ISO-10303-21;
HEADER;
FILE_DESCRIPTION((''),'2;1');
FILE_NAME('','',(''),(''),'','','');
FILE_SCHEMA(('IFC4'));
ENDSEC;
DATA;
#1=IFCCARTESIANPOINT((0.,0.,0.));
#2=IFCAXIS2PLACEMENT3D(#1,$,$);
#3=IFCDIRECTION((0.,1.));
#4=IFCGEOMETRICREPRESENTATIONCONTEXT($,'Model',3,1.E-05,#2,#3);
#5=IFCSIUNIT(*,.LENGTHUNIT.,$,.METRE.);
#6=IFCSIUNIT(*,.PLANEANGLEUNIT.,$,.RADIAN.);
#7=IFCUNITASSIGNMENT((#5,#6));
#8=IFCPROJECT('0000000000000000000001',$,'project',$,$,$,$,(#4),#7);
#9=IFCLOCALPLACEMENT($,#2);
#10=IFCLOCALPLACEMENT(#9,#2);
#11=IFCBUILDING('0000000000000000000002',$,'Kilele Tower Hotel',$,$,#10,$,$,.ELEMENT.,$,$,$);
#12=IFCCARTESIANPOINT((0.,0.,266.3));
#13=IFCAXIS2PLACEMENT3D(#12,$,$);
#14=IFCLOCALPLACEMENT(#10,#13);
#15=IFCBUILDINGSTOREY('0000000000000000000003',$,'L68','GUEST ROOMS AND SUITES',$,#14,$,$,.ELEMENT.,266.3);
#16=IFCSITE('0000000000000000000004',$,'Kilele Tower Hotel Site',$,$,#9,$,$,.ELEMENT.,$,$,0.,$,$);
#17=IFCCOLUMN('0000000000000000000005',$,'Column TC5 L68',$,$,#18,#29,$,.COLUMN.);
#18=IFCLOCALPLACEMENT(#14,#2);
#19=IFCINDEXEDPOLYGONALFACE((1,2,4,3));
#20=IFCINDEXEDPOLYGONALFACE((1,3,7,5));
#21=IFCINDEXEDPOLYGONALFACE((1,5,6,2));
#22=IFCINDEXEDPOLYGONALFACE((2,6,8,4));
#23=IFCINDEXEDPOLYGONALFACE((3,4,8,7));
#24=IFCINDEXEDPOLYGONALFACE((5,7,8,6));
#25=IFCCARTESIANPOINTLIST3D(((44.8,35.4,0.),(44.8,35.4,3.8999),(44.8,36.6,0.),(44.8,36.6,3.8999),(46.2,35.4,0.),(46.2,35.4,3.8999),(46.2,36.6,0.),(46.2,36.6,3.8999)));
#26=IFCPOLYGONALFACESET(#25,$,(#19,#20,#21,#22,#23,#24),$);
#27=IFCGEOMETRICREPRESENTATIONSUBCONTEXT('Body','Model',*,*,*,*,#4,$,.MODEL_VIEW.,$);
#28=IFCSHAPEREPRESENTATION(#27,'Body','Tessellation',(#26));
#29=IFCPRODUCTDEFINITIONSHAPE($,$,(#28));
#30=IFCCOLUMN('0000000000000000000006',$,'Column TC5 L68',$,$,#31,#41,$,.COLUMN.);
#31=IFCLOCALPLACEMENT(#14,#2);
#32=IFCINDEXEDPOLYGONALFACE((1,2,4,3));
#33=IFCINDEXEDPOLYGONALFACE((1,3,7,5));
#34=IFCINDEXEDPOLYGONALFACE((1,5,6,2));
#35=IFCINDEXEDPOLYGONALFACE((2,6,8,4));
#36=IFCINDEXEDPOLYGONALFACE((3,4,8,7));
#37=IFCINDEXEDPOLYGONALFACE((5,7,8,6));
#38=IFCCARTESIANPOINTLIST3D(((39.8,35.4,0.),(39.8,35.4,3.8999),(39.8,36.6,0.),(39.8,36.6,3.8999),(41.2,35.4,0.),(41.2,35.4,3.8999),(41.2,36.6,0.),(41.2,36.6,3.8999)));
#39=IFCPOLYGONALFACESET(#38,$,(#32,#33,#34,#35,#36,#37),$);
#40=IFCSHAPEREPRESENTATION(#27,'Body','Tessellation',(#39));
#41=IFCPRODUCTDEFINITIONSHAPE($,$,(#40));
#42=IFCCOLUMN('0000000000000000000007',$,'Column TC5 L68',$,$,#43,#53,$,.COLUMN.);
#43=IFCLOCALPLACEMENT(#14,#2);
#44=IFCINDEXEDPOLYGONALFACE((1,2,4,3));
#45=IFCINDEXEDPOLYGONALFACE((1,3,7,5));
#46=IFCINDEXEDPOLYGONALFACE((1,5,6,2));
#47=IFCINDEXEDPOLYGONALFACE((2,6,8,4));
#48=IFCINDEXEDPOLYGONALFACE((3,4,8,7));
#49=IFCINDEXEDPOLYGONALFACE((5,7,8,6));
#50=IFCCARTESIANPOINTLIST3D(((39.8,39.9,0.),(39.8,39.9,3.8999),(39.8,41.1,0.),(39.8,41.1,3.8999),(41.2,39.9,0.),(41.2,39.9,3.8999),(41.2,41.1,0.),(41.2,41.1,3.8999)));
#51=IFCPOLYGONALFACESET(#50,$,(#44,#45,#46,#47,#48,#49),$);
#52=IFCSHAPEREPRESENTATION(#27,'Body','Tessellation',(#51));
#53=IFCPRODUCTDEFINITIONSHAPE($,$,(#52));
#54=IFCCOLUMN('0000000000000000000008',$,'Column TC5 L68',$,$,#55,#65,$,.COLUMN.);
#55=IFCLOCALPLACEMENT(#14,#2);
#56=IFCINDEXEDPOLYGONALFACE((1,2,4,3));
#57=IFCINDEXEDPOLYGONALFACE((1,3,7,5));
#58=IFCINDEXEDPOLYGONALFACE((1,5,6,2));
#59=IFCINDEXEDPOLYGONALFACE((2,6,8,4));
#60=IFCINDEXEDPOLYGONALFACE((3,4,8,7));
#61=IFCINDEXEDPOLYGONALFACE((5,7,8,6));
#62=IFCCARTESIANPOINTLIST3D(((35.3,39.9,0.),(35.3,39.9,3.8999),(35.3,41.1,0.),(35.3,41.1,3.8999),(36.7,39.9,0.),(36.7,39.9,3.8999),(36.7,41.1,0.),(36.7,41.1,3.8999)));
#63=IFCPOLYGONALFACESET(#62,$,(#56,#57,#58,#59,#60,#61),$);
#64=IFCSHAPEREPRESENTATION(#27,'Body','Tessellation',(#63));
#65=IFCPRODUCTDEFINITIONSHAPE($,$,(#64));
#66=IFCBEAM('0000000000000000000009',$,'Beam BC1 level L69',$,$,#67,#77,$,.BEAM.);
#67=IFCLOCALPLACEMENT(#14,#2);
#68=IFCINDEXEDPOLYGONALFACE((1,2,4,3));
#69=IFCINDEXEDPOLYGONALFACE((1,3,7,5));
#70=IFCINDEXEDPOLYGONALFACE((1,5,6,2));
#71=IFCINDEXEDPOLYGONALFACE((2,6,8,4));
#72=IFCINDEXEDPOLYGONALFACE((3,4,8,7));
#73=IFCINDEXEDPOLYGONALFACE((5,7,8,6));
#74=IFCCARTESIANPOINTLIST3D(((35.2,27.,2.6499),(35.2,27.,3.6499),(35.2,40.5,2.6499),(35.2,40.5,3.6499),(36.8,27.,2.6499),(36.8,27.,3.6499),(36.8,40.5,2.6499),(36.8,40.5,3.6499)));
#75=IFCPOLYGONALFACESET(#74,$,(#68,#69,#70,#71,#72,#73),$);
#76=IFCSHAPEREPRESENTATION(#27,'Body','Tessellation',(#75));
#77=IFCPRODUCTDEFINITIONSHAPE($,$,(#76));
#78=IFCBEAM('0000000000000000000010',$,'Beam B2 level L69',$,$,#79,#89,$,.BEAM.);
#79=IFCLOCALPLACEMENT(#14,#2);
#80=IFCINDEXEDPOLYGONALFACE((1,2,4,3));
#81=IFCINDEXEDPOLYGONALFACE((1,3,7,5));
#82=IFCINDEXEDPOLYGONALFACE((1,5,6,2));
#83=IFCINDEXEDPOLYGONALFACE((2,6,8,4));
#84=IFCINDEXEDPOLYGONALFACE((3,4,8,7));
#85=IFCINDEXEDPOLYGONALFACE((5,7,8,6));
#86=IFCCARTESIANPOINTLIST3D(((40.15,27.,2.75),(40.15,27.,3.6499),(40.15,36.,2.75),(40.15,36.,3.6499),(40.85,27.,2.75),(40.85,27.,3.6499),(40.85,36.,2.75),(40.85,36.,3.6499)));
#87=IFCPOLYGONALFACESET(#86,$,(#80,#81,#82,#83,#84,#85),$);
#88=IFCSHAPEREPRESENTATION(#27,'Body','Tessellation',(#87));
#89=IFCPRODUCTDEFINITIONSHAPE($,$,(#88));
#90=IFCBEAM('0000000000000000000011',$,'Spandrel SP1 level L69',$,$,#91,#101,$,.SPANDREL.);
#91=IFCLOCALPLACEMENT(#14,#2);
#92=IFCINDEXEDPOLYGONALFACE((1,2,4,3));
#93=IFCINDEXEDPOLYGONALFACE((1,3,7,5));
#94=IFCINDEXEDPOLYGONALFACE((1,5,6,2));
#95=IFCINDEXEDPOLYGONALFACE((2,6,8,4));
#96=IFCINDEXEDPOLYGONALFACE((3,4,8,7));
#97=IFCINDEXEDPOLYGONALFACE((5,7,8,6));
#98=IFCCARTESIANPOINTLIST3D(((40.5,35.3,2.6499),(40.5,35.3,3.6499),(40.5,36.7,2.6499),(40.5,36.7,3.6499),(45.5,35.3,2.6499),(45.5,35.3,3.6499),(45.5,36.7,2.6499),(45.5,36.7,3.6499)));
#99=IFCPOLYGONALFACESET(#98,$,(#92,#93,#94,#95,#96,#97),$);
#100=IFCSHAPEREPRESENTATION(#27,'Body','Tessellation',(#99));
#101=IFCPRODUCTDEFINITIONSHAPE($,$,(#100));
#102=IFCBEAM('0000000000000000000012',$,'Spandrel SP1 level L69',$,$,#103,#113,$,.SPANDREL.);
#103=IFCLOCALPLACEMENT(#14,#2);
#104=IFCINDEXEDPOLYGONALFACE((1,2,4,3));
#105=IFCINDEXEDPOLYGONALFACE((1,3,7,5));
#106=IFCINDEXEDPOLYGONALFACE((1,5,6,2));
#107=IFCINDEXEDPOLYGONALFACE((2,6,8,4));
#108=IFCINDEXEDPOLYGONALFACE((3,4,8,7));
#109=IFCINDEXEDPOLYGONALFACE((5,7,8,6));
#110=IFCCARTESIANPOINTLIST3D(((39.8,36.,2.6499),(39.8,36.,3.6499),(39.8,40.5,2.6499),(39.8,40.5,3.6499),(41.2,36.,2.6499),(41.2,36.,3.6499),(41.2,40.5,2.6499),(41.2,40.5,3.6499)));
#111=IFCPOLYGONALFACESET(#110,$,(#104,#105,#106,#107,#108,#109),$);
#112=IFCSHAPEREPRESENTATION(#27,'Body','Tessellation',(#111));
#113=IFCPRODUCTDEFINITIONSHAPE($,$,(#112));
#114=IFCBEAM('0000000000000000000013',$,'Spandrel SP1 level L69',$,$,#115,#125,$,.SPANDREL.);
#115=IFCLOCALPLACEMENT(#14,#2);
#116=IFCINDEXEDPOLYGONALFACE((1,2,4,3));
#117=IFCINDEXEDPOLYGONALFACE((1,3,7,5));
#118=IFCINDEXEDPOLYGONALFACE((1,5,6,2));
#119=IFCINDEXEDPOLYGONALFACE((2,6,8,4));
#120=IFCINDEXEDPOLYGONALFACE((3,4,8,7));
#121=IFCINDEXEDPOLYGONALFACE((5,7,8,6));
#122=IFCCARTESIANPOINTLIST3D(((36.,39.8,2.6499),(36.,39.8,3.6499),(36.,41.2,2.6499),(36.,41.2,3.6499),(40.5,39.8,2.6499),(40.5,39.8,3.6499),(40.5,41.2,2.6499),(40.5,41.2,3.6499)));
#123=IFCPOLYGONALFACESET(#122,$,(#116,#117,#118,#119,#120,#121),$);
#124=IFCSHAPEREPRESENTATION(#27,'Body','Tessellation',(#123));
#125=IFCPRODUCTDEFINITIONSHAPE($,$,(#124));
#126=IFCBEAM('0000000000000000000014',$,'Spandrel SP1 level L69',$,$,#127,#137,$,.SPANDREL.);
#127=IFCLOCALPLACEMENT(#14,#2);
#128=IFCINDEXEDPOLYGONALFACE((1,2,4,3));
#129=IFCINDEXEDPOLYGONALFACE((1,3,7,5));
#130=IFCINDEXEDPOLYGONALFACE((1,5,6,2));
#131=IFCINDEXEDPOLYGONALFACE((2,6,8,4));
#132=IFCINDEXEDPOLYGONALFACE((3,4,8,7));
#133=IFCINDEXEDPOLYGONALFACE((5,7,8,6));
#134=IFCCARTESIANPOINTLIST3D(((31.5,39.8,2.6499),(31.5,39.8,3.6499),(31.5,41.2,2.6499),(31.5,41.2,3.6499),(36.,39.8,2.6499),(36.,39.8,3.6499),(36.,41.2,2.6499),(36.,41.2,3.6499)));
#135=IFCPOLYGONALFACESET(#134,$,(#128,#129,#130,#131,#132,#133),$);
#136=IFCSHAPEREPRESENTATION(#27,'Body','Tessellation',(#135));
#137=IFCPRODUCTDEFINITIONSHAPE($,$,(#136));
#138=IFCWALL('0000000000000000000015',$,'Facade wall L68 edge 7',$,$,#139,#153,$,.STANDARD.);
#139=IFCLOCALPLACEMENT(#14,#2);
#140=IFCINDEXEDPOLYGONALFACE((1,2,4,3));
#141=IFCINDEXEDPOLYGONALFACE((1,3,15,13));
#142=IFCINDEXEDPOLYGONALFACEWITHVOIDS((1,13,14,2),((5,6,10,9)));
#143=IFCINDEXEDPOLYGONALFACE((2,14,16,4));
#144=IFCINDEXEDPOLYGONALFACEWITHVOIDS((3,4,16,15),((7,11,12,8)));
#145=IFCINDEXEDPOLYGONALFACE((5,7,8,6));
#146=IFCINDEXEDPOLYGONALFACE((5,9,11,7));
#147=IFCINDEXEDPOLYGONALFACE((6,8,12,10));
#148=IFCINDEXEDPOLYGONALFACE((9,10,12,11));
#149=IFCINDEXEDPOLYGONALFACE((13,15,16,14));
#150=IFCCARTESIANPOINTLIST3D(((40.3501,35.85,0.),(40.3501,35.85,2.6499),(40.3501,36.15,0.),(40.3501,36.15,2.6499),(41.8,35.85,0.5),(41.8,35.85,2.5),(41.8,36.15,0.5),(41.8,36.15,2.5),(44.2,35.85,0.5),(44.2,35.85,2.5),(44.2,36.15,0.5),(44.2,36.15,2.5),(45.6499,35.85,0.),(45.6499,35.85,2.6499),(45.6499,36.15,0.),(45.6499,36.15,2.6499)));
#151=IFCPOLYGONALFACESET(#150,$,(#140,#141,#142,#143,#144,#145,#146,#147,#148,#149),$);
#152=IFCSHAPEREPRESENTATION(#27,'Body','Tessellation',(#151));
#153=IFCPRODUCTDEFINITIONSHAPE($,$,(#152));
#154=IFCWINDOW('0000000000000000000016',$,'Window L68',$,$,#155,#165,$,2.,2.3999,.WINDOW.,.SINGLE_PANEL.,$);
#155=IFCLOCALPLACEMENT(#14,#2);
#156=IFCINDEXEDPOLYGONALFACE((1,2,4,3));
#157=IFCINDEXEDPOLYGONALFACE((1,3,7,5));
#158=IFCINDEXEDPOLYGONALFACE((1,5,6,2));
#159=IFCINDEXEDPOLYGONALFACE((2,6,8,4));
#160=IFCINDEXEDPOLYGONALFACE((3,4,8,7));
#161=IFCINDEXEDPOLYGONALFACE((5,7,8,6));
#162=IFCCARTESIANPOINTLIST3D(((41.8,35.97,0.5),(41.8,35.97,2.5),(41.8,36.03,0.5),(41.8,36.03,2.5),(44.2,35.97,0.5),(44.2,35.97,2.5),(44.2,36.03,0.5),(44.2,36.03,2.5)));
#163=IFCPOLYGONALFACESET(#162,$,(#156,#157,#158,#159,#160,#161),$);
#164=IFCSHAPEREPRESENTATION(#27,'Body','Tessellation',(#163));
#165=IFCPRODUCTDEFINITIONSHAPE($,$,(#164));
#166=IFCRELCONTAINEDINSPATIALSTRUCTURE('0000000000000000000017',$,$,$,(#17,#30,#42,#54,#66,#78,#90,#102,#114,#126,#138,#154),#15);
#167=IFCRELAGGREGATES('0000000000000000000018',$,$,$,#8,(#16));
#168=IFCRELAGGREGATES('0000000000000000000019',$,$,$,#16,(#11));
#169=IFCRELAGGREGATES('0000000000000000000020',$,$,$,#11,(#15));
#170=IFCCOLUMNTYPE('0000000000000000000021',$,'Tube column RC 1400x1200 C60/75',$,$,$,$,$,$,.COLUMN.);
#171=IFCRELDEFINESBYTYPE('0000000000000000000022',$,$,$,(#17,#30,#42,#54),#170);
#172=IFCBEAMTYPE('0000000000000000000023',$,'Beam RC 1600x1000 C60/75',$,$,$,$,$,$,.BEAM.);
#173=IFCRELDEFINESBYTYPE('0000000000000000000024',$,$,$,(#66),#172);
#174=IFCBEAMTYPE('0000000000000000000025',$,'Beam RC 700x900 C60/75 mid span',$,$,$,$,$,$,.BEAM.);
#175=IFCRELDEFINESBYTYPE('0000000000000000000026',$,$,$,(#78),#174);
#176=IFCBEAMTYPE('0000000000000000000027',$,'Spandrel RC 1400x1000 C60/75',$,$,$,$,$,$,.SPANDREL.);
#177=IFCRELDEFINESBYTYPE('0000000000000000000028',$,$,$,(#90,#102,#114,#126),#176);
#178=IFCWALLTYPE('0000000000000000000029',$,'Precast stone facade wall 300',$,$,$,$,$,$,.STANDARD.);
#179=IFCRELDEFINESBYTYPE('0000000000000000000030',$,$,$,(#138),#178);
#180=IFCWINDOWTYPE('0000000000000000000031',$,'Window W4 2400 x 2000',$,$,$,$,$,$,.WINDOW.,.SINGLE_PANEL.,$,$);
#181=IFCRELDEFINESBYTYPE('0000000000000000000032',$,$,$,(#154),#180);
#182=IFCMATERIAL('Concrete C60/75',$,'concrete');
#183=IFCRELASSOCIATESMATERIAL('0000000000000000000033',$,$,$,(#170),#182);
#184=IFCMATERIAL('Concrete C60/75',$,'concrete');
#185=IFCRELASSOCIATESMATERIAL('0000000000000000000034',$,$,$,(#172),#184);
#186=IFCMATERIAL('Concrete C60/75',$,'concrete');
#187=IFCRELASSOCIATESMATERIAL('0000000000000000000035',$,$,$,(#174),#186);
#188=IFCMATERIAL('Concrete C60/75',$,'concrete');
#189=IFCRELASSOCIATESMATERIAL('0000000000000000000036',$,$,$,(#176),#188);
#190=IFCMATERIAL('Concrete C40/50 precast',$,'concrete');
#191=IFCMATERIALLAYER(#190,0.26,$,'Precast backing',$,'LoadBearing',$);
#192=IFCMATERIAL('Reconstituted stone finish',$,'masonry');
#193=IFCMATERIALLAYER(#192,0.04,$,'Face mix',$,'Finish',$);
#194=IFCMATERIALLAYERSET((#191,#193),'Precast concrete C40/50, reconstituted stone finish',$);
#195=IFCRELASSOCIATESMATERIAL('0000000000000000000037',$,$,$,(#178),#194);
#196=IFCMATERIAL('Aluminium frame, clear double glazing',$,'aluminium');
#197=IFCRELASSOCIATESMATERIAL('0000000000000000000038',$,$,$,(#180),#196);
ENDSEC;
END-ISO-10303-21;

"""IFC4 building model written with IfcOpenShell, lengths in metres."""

from ifc_helpers import new_model, si_unit, direction, frame, frame_2d, origin, origin_2d, place, context, subcontext, project, spatial, rectangle, extrude, material, layer, layer_set, material_profile, profile_set, type_object, element, fill, save


model = new_model("IFC4")

# Units and contexts
model_context = context("Model", 3, precision=1e-05, world=origin(), true_north=direction((0.0, 1.0)))
body_context = subcontext(model_context, "Body", "Model", "MODEL_VIEW")
ifc_project = project(units=[si_unit("LENGTHUNIT", "METRE"), si_unit("PLANEANGLEUNIT", "RADIAN")], contexts=[model_context])

# Site, building, storey
site_placement = place(None, origin())
site = spatial("IfcSite", under=ifc_project, at=site_placement, Name="Kilele Tower Hotel Site", CompositionType="ELEMENT", RefElevation=0.0)
building_placement = place(site_placement, origin())
building = spatial("IfcBuilding", under=site, at=building_placement, Name="Kilele Tower Hotel", CompositionType="ELEMENT")
storey_placement = place(building_placement, frame((0.0, 0.0, 266.3)))
storey = spatial("IfcBuildingStorey", under=building, at=storey_placement, Name="L68", Description="GUEST ROOMS AND SUITES", CompositionType="ELEMENT", Elevation=266.3)

# Columns
ifc_material_1 = material(Name="Concrete C60/75", Category="concrete")
ifc_material_profile_1 = material_profile(ifc_material_1, rectangle(XDim=1.3999, YDim=1.2, at=origin_2d()))
ifc_profile_set_1 = profile_set([ifc_material_profile_1], Name="Concrete C60/75")
column_type = type_object("IfcColumnType", Name="Tube column RC 1400x1200 C60/75", PredefinedType="COLUMN", material=ifc_profile_set_1)
for number, where, z_axis, x_axis, name in (
    (1, (45.5, 36.0, 0.0), (0.0, 0.0, 1.0), (1.0, 0.0, 0.0), "Column TC5 L68"),
    (2, (40.5, 36.0, 0.0), (0.0, 0.0, 1.0), (1.0, 0.0, 0.0), "Column TC5 L68"),
    (3, (40.5, 40.5, 0.0), (0.0, 0.0, 1.0), (1.0, 0.0, 0.0), "Column TC5 L68"),
    (4, (36.0, 40.5, 0.0), (0.0, 0.0, 1.0), (1.0, 0.0, 0.0), "Column TC5 L68"),
):
    element("IfcColumn", number, at=place(storey_placement, frame(where, z_axis=z_axis, x_axis=x_axis)), inside=storey, type_object=column_type, Name=name, PredefinedType="COLUMN", context=body_context, shape_type="SweptSolid", body=[
        extrude(rectangle(XDim=1.3999, YDim=1.2, at=origin_2d()), origin(), (0.0, 0.0, 1.0), 3.8999),
    ])

# Beams
ifc_material_2 = material(Name="Concrete C60/75", Category="concrete")
ifc_material_profile_2 = material_profile(ifc_material_2, rectangle(XDim=1.6001, YDim=1.0, at=origin_2d()))
ifc_profile_set_2 = profile_set([ifc_material_profile_2], Name="Concrete C60/75")
beam_type_1 = type_object("IfcBeamType", Name="Beam RC 1600x1000 C60/75", PredefinedType="BEAM", material=ifc_profile_set_2)
beam_1_placement = place(storey_placement, frame((36.0, 40.5, 3.1499), z_axis=(0.0, -1.0, 0.0), x_axis=(1.0, 0.0, 0.0)))
element("IfcBeam", 5, at=beam_1_placement, inside=storey, type_object=beam_type_1, Name="Beam BC1 level L69", PredefinedType="BEAM", context=body_context, shape_type="SweptSolid", body=[
    extrude(rectangle(XDim=1.6001, YDim=1.0, at=origin_2d()), origin(), (0.0, 0.0, 1.0), 13.5),
])
ifc_material_3 = material(Name="Concrete C60/75", Category="concrete")
ifc_material_profile_3 = material_profile(ifc_material_3, rectangle(XDim=0.7, YDim=0.8999, at=origin_2d()))
ifc_profile_set_3 = profile_set([ifc_material_profile_3], Name="Concrete C60/75")
beam_type_2 = type_object("IfcBeamType", Name="Beam RC 700x900 C60/75 mid span", PredefinedType="BEAM", material=ifc_profile_set_3)
beam_2_placement = place(storey_placement, frame((40.5, 36.0, 3.2), z_axis=(0.0, -1.0, 0.0), x_axis=(1.0, 0.0, 0.0)))
element("IfcBeam", 6, at=beam_2_placement, inside=storey, type_object=beam_type_2, Name="Beam B2 level L69", PredefinedType="BEAM", context=body_context, shape_type="SweptSolid", body=[
    extrude(rectangle(XDim=0.7, YDim=0.8999, at=origin_2d()), origin(), (0.0, 0.0, 1.0), 9.0),
])
ifc_material_4 = material(Name="Concrete C60/75", Category="concrete")
ifc_material_profile_4 = material_profile(ifc_material_4, rectangle(XDim=1.3999, YDim=1.0, at=origin_2d()))
ifc_profile_set_4 = profile_set([ifc_material_profile_4], Name="Concrete C60/75")
beam_type_3 = type_object("IfcBeamType", Name="Spandrel RC 1400x1000 C60/75", PredefinedType="SPANDREL", material=ifc_profile_set_4)
beam_3_placement = place(storey_placement, frame((45.5, 36.0, 3.1499), z_axis=(-1.0, 0.0, 0.0), x_axis=(0.0, -1.0, 0.0)))
element("IfcBeam", 7, at=beam_3_placement, inside=storey, type_object=beam_type_3, Name="Spandrel SP1 level L69", PredefinedType="SPANDREL", context=body_context, shape_type="SweptSolid", body=[
    extrude(rectangle(XDim=1.3999, YDim=1.0, at=origin_2d()), origin(), (0.0, 0.0, 1.0), 5.0),
])
for number, where, z_axis, x_axis, name in (
    (8, (40.5, 36.0, 3.1499), (0.0, 1.0, 0.0), (-1.0, 0.0, 0.0), "Spandrel SP1 level L69"),
    (9, (40.5, 40.5, 3.1499), (-1.0, 0.0, 0.0), (0.0, -1.0, 0.0), "Spandrel SP1 level L69"),
    (10, (36.0, 40.5, 3.1499), (-1.0, 0.0, 0.0), (0.0, -1.0, 0.0), "Spandrel SP1 level L69"),
):
    element("IfcBeam", number, at=place(storey_placement, frame(where, z_axis=z_axis, x_axis=x_axis)), inside=storey, type_object=beam_type_3, Name=name, PredefinedType="SPANDREL", context=body_context, shape_type="SweptSolid", body=[
        extrude(rectangle(XDim=1.3999, YDim=1.0, at=origin_2d()), origin(), (0.0, 0.0, 1.0), 4.5),
    ])

# Wall, opening, window
ifc_material_5 = material(Name="Concrete C40/50 precast", Category="concrete")
ifc_layer_1 = layer(ifc_material_5, 0.26, Name="Precast backing", Category="LoadBearing")
ifc_material_6 = material(Name="Reconstituted stone finish", Category="masonry")
ifc_layer_2 = layer(ifc_material_6, 0.04, Name="Face mix", Category="Finish")
ifc_layer_set = layer_set([ifc_layer_1, ifc_layer_2], Name="Precast concrete C40/50, reconstituted stone finish")
wall_type = type_object("IfcWallType", Name="Precast stone facade wall 300", PredefinedType="STANDARD", material=ifc_layer_set)
wall_1_placement = place(storey_placement, frame((45.6499, 36.0, 0.0), z_axis=(0.0, 0.0, 1.0), x_axis=(-1.0, 0.0, 0.0)))
wall_1 = element("IfcWall", 11, at=wall_1_placement, inside=storey, type_object=wall_type, Name="Facade wall L68 edge 7", PredefinedType="STANDARD", context=body_context, shape_type="SweptSolid", body=[
    extrude(rectangle(XDim=5.2998, YDim=0.3, at=frame_2d((2.6499, 0.0))), origin(), (0.0, 0.0, 1.0), 2.6499),
])
opening_1_placement = place(wall_1_placement, frame((1.45, 0.0, 0.5)))
opening_1 = element("IfcOpeningElement", 12, at=opening_1_placement, cuts=wall_1, PredefinedType="OPENING", context=body_context, shape_type="SweptSolid", body=[
    extrude(rectangle(XDim=2.3999, YDim=2.0, at=frame_2d((1.2, 1.0))), frame((0.0, 0.1599, 0.0), z_axis=(0.0, -1.0, 0.0), x_axis=(1.0, 0.0, 0.0)), (0.0, 0.0, 1.0), 0.3201),
])
ifc_material_7 = material(Name="Aluminium frame, clear double glazing", Category="aluminium")
window_type = type_object("IfcWindowType", Name="Window W4 2400 x 2000", PartitioningType="SINGLE_PANEL", PredefinedType="WINDOW", material=ifc_material_7)
window_1_placement = place(opening_1_placement, origin())
window_1 = element("IfcWindow", 13, at=window_1_placement, inside=storey, type_object=window_type, Name="Window L68", OverallHeight=2.0, OverallWidth=2.3999, PartitioningType="SINGLE_PANEL", PredefinedType="WINDOW", context=body_context, shape_type="SweptSolid", body=[
    extrude(rectangle(XDim=2.3999, YDim=2.0, at=frame_2d((1.2, 1.0))), frame((0.0, 0.03, 0.0), z_axis=(0.0, -1.0, 0.0), x_axis=(1.0, 0.0, 0.0)), (0.0, 0.0, 1.0), 0.0601),
])
fill(opening_1, window_1)

save(model, "model.ifc")
